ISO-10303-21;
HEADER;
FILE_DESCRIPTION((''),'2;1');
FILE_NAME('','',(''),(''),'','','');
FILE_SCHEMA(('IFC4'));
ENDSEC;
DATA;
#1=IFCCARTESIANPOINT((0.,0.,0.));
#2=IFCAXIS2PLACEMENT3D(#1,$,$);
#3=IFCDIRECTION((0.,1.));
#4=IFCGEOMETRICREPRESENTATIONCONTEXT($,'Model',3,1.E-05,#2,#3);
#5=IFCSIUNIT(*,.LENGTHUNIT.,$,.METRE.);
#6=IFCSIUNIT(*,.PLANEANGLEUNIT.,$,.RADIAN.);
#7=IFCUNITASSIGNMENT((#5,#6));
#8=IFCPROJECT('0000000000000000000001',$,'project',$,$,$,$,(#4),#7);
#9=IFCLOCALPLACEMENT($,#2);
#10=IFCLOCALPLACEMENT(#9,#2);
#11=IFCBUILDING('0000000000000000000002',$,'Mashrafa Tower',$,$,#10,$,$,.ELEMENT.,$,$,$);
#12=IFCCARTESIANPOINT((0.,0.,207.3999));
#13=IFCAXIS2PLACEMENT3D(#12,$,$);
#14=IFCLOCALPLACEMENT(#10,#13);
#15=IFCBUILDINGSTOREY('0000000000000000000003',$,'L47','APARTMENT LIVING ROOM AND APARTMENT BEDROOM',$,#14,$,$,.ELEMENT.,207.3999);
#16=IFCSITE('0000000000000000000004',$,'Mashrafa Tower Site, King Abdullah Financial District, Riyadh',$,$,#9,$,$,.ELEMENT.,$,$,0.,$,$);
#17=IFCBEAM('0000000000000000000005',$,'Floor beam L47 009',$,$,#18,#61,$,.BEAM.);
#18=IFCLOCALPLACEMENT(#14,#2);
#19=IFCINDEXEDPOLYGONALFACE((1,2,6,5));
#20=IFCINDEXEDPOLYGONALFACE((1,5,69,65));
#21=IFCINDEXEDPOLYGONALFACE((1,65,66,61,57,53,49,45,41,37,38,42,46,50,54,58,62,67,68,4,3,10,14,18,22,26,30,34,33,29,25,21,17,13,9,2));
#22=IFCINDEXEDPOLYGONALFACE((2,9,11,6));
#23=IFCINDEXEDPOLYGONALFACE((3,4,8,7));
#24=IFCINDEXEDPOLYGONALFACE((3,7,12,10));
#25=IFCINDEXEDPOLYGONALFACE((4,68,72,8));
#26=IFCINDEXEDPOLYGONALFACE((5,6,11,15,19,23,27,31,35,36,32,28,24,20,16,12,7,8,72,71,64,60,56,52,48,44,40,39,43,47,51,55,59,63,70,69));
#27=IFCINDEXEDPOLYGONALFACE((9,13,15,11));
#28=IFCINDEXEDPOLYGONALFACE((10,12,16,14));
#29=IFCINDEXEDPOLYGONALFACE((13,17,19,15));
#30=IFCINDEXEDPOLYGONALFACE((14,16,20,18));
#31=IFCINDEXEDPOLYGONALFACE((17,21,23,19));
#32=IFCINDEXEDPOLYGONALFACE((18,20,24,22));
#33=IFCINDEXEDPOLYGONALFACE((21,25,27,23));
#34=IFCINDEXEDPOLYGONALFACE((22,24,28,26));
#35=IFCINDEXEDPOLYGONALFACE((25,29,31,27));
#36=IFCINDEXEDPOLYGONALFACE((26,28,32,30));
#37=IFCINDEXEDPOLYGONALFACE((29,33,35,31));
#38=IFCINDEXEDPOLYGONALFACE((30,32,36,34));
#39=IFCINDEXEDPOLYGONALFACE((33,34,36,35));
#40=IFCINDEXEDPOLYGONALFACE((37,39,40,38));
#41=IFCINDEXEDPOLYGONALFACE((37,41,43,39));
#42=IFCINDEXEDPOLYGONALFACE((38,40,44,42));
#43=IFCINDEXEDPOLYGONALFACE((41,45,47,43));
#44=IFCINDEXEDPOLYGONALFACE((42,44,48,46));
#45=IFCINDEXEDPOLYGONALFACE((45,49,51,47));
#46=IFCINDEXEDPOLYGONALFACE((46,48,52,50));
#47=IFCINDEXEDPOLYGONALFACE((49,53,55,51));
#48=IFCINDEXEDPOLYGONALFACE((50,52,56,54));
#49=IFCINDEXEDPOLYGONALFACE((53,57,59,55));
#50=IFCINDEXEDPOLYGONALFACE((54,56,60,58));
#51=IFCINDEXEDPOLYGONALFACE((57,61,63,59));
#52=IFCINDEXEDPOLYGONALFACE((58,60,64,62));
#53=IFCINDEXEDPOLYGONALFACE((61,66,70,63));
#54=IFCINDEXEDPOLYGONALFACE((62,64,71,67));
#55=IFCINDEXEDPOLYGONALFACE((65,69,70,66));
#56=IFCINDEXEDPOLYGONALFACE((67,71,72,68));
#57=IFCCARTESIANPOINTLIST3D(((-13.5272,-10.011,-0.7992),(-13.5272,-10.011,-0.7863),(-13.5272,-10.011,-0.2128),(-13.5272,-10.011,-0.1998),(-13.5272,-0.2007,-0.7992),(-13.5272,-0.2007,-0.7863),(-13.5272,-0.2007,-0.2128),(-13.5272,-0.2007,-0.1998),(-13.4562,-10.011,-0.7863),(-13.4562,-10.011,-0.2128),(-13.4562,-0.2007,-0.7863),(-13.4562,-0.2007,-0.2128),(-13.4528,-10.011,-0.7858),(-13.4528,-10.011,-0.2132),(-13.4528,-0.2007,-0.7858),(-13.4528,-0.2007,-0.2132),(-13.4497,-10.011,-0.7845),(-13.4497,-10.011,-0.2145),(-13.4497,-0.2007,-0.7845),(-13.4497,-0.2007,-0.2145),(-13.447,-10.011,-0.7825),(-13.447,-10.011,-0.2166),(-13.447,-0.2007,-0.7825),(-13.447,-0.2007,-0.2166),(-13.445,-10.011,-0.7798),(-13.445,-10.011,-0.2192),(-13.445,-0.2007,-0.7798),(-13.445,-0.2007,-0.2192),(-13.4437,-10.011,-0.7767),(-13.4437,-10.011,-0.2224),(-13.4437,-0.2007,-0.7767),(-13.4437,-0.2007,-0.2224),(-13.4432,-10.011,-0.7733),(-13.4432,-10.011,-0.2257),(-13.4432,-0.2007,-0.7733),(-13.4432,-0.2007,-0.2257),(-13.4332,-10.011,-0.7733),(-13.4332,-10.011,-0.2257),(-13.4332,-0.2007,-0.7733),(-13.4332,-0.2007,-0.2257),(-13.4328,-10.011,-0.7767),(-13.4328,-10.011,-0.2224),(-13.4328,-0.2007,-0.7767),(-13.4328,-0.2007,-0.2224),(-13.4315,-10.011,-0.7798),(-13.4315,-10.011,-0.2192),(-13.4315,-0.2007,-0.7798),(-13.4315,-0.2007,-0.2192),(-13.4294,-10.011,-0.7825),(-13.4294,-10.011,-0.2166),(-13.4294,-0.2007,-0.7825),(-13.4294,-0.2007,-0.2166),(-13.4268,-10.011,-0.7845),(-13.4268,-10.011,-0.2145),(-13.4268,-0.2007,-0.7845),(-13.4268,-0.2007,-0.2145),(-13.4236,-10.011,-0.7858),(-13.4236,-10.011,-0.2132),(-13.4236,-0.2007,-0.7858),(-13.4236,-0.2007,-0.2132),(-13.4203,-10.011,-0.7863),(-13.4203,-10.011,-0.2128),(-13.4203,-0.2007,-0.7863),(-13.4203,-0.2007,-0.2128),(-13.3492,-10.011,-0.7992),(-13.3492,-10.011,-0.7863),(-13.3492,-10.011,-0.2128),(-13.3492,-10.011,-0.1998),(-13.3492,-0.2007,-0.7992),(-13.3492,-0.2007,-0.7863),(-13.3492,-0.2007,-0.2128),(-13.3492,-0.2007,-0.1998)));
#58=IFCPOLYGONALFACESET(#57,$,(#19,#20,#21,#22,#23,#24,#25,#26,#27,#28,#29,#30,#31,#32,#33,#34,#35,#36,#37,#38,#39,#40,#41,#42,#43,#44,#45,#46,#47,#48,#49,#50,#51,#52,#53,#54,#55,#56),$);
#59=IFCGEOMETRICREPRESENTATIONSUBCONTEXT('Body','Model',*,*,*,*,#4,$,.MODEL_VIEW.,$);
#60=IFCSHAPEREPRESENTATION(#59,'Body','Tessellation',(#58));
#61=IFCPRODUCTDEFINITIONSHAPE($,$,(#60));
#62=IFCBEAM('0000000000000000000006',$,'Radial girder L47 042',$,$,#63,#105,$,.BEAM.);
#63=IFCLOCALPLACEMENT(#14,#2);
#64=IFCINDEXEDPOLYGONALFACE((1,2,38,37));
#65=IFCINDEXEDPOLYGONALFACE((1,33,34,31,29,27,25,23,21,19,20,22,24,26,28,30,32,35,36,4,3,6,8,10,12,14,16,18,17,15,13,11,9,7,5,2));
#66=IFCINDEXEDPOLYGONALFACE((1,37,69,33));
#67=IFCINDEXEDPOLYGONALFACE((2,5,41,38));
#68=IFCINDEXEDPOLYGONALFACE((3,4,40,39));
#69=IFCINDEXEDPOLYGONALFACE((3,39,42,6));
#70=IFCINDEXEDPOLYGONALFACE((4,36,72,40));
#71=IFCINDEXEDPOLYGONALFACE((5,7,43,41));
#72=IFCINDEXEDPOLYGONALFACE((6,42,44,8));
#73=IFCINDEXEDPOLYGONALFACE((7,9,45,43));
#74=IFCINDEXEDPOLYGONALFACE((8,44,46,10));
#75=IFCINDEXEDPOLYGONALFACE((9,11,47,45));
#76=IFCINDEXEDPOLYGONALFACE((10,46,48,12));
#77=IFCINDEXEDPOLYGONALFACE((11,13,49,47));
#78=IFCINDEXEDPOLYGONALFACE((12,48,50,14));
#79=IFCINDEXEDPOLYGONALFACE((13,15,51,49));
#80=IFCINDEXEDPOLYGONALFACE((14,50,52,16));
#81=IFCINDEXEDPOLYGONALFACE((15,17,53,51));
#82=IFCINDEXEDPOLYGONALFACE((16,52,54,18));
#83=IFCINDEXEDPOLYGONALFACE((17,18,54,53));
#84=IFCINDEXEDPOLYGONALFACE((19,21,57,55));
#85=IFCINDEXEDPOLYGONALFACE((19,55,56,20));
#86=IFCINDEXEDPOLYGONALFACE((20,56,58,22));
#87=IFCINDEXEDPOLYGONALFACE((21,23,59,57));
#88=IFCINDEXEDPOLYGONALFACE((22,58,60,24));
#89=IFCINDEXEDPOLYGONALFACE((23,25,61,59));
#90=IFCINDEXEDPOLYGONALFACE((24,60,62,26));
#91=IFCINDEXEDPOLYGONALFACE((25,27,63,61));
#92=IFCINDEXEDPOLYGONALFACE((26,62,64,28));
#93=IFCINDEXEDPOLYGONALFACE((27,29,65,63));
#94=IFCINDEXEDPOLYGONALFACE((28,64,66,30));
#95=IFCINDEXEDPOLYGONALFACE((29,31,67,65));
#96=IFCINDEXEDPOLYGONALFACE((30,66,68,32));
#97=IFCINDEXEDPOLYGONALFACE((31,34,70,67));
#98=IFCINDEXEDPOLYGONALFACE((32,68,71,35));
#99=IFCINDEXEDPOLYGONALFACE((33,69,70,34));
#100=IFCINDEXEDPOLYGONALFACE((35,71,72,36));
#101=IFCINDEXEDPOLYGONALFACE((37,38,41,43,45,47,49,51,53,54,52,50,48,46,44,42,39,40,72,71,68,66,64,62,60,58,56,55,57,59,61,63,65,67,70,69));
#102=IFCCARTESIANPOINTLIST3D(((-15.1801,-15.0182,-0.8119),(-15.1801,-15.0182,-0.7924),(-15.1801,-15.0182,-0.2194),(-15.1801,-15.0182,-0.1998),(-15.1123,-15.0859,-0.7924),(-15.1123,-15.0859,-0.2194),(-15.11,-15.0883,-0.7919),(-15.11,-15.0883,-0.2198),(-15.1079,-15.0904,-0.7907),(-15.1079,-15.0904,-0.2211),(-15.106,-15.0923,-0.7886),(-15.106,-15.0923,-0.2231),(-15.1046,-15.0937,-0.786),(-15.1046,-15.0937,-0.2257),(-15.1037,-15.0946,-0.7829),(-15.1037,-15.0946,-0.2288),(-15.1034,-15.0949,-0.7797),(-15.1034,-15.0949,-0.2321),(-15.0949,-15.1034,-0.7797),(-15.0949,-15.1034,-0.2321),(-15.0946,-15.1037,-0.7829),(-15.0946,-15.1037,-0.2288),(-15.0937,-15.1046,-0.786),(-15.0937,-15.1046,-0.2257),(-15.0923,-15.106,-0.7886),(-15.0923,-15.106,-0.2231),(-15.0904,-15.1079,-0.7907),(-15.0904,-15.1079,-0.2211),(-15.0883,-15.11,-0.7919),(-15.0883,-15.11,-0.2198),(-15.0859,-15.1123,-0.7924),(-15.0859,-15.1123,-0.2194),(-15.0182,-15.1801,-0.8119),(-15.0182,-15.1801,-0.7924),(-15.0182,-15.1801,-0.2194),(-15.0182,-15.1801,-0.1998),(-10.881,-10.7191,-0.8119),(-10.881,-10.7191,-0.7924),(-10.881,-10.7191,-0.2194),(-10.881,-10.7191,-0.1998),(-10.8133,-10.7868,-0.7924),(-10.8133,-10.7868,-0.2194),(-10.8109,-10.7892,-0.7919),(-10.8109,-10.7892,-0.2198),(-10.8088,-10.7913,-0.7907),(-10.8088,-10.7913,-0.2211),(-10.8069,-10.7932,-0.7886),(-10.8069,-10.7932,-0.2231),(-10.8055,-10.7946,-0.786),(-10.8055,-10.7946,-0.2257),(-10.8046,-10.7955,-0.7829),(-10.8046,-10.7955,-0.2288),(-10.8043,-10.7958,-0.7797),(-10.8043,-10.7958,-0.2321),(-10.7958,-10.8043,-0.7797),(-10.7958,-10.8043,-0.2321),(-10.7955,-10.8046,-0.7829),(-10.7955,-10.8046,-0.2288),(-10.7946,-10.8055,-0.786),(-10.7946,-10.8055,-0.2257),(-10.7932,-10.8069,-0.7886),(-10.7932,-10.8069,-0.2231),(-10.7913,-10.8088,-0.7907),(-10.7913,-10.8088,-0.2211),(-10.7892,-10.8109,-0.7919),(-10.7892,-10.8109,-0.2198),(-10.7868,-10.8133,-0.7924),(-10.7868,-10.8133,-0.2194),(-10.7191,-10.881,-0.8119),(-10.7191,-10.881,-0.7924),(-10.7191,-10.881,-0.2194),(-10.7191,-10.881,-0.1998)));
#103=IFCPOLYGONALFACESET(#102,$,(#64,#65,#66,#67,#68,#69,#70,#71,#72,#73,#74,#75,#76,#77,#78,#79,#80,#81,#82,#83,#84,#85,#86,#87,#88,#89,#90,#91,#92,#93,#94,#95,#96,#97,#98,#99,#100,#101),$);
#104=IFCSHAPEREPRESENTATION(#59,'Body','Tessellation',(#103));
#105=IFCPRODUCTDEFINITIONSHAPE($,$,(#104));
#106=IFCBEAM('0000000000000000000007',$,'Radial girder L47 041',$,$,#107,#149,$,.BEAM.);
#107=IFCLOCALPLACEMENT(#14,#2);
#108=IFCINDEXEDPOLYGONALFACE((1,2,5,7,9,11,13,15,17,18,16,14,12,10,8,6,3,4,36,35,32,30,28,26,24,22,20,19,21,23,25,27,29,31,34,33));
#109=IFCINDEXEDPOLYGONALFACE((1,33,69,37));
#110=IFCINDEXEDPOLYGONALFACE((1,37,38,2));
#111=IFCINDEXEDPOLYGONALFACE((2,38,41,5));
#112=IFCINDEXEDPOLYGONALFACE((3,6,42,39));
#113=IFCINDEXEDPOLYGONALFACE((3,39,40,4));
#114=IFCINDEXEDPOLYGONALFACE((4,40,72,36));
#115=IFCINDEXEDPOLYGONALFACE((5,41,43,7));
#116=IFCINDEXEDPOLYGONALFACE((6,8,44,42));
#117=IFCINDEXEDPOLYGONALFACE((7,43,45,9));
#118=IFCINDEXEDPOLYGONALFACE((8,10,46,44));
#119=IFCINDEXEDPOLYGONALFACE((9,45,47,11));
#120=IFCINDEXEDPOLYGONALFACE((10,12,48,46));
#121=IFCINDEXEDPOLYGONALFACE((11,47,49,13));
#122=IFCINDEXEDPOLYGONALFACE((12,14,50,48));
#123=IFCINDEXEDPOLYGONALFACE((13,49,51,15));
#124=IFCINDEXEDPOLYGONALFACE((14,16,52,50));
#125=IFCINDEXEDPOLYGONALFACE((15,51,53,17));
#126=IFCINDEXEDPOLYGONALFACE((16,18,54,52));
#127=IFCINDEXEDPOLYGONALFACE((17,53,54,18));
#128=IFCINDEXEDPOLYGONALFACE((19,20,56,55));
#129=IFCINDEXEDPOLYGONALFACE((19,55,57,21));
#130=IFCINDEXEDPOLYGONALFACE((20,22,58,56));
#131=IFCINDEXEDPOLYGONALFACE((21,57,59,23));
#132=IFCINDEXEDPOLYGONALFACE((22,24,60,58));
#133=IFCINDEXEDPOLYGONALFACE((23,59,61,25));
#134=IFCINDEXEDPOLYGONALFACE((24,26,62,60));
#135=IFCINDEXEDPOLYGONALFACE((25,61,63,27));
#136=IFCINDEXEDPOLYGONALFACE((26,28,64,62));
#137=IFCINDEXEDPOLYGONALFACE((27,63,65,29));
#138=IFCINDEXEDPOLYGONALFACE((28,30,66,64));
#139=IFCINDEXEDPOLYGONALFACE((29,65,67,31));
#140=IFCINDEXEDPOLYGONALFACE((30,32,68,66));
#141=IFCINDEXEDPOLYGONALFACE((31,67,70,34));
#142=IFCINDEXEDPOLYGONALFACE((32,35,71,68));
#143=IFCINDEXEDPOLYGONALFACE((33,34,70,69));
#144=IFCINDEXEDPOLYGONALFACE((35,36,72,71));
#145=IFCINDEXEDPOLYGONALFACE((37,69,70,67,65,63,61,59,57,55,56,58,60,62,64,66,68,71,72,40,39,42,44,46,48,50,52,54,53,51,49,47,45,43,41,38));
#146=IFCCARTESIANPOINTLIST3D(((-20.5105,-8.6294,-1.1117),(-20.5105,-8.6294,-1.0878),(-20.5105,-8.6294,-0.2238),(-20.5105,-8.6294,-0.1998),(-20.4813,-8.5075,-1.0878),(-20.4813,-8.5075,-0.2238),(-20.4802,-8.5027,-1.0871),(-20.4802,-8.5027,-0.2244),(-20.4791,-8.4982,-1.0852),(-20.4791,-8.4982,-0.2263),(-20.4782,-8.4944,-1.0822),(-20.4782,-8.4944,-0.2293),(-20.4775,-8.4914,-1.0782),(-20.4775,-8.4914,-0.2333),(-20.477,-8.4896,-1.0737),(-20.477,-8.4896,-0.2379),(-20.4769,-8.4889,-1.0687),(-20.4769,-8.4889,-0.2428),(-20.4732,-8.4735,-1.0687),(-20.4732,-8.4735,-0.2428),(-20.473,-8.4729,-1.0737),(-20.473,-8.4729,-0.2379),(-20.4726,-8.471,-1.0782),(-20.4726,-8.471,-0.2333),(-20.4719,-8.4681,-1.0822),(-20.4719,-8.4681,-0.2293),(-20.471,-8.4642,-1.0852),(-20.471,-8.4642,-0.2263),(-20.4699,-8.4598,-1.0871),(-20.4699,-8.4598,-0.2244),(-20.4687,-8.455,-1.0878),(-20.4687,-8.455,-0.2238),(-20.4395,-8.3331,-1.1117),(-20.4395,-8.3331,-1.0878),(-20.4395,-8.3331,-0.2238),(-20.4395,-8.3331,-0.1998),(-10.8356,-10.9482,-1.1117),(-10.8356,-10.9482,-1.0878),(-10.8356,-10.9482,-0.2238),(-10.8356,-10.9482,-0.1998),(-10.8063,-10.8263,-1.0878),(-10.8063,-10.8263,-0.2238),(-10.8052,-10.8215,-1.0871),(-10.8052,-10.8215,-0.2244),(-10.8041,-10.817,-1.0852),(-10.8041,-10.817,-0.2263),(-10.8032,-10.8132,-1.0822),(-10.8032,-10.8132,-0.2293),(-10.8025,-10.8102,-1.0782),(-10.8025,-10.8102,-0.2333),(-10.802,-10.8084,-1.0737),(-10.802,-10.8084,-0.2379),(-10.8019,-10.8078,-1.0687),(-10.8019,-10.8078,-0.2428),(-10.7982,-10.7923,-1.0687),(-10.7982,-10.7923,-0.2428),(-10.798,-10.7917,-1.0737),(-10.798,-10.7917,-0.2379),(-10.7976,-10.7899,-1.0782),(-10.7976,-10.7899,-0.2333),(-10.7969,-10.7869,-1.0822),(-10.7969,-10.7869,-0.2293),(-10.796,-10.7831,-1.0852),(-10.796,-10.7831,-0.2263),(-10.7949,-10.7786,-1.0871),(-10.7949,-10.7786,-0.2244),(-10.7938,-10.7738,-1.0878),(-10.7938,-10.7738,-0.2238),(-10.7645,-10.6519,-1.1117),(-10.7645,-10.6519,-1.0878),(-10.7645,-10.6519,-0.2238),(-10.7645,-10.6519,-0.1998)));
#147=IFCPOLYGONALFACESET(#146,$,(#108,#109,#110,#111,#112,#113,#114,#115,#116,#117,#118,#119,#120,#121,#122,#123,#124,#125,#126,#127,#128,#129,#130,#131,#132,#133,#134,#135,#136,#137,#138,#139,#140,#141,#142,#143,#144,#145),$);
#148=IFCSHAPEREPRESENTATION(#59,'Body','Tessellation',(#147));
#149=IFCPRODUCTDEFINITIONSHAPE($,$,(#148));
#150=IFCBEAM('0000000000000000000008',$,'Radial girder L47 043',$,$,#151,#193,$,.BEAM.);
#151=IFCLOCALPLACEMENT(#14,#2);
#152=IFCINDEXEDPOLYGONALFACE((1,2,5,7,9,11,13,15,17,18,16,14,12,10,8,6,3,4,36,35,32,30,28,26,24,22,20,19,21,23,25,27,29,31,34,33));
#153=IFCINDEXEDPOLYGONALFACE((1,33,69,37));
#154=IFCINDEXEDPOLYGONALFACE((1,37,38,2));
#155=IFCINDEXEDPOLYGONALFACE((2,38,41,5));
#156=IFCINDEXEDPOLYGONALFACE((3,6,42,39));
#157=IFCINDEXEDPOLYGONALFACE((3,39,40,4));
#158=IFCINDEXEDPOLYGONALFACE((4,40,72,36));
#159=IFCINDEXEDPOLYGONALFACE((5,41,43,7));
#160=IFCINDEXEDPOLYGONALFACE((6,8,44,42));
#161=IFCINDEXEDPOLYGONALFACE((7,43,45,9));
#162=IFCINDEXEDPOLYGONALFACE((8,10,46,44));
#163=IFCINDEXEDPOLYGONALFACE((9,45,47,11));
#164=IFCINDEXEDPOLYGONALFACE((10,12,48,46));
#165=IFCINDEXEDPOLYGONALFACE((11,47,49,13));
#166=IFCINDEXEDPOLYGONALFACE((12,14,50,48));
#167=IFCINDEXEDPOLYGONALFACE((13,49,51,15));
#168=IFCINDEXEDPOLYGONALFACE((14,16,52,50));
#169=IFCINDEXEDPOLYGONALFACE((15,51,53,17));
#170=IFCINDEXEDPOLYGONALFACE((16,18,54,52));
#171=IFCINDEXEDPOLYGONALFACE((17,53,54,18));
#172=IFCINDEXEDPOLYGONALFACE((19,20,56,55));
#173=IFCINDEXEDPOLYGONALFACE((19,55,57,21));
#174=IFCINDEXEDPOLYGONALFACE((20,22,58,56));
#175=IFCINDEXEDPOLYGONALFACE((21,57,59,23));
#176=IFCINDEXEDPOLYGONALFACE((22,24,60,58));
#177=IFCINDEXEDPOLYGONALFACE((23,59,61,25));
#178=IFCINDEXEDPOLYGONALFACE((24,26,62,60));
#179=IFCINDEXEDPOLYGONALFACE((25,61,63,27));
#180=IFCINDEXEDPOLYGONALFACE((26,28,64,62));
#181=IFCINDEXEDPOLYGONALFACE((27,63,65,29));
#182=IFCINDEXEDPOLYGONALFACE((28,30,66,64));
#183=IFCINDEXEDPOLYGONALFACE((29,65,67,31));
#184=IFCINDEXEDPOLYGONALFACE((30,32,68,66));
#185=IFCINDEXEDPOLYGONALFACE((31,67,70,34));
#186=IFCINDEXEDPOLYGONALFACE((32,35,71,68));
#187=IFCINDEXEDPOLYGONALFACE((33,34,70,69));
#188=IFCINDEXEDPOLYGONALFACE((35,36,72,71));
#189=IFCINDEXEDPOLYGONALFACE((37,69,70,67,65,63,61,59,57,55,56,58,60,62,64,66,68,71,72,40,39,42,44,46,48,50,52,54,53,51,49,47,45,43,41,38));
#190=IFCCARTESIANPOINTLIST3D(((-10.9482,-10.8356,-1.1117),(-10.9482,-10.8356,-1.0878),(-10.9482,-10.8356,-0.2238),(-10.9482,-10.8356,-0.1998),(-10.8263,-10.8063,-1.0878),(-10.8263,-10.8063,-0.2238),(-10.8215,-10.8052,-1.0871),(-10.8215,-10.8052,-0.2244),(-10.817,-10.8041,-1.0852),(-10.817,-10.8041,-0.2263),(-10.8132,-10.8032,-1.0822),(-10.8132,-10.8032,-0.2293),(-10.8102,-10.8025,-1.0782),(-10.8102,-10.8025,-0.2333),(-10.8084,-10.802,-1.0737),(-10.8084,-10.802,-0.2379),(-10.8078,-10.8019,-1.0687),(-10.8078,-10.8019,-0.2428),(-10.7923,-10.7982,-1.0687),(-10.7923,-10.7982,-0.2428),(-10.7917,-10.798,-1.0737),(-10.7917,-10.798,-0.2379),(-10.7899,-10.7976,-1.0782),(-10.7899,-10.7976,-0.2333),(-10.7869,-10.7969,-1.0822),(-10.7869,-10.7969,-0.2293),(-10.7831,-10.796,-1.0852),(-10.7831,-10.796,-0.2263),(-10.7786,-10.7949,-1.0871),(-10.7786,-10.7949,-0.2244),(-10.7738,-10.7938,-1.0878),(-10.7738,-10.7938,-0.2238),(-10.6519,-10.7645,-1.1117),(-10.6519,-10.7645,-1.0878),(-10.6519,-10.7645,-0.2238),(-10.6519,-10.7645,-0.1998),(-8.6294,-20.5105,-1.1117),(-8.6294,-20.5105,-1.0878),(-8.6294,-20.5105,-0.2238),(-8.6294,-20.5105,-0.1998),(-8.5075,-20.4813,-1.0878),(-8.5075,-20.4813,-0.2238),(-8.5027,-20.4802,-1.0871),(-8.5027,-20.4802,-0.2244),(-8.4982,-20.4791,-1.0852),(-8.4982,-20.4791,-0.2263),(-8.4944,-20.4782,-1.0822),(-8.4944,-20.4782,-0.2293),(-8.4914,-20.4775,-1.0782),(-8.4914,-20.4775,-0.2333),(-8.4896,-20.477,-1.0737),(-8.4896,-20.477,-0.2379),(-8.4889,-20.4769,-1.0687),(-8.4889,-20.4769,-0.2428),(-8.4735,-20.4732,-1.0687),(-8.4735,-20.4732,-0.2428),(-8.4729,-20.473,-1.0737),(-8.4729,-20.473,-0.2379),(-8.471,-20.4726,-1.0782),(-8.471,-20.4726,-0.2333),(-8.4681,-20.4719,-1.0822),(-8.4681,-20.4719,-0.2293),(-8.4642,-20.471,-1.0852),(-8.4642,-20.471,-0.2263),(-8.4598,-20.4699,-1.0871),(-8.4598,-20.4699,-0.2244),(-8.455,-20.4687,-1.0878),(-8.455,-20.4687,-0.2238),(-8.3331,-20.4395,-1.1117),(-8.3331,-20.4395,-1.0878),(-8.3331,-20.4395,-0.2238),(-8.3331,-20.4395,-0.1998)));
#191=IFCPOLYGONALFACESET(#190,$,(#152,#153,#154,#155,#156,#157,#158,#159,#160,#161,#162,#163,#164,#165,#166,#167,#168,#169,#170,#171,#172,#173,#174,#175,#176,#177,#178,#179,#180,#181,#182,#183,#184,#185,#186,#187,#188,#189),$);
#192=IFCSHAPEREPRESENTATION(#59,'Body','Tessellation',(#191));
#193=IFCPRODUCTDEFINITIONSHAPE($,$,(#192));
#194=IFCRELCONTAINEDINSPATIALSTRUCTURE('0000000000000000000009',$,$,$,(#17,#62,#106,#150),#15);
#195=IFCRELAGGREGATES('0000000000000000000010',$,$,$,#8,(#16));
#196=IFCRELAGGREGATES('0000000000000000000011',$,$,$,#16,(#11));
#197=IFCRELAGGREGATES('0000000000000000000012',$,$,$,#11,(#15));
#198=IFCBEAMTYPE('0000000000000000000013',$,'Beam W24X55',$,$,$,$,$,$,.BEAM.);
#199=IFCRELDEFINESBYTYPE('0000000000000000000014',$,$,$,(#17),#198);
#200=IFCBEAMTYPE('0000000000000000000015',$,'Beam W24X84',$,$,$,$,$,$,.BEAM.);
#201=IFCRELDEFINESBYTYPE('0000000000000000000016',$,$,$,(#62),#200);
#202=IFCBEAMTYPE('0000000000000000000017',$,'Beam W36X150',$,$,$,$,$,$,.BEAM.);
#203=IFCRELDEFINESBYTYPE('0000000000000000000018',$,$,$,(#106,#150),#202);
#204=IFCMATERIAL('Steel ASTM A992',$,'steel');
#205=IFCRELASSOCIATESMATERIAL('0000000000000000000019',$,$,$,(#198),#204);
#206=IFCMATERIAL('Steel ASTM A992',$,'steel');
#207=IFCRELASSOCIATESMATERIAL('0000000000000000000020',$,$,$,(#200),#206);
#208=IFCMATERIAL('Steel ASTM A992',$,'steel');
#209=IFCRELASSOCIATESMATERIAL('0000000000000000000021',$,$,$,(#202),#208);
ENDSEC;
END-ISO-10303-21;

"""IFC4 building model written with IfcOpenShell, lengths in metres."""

from ifc_helpers import new_model, si_unit, direction, frame, origin, origin_2d, place, context, subcontext, project, spatial, i_section, extrude, material, material_profile, profile_set, type_object, element, save


model = new_model("IFC4")

# Units and contexts
model_context = context("Model", 3, precision=1e-05, world=origin(), true_north=direction((0.0, 1.0)))
body_context = subcontext(model_context, "Body", "Model", "MODEL_VIEW")
ifc_project = project(units=[si_unit("LENGTHUNIT", "METRE"), si_unit("PLANEANGLEUNIT", "RADIAN")], contexts=[model_context])

# Site, building, storey
site_placement = place(None, origin())
site = spatial("IfcSite", under=ifc_project, at=site_placement, Name="Mashrafa Tower Site, King Abdullah Financial District, Riyadh", CompositionType="ELEMENT", RefElevation=0.0)
building_placement = place(site_placement, origin())
building = spatial("IfcBuilding", under=site, at=building_placement, Name="Mashrafa Tower", CompositionType="ELEMENT")
storey_placement = place(building_placement, frame((0.0, 0.0, 207.3999)))
storey = spatial("IfcBuildingStorey", under=building, at=storey_placement, Name="L47", Description="APARTMENT LIVING ROOM AND APARTMENT BEDROOM", CompositionType="ELEMENT", Elevation=207.3999)

# Beams
ifc_material_1 = material(Name="Steel ASTM A992", Category="steel")
ifc_material_profile_1 = material_profile(ifc_material_1, i_section(OverallWidth=0.178, OverallDepth=0.5994, WebThickness=0.01, FlangeThickness=0.0129, FilletRadius=0.0129, at=origin_2d()), Name="W24X55")
ifc_profile_set_1 = profile_set([ifc_material_profile_1], Name="Steel ASTM A992")
beam_type_1 = type_object("IfcBeamType", Name="Beam W24X55", PredefinedType="BEAM", material=ifc_profile_set_1)
beam_1_placement = place(storey_placement, frame((-13.4382, -10.011, -0.4995), z_axis=(0.0, 1.0, 0.0), x_axis=(-1.0, 0.0, 0.0)))
element("IfcBeam", 1, at=beam_1_placement, inside=storey, type_object=beam_type_1, Name="Floor beam L47 009", PredefinedType="BEAM", context=body_context, shape_type="SweptSolid", body=[
    extrude(i_section(OverallWidth=0.178, OverallDepth=0.5994, WebThickness=0.01, FlangeThickness=0.0129, FilletRadius=0.0129, at=origin_2d()), origin(), (0.0, 0.0, 1.0), 9.8103),
])
ifc_material_2 = material(Name="Steel ASTM A992", Category="steel")
ifc_material_profile_2 = material_profile(ifc_material_2, i_section(OverallWidth=0.229, OverallDepth=0.6121, WebThickness=0.012, FlangeThickness=0.0195, FilletRadius=0.0127, at=origin_2d()), Name="W24X84")
ifc_profile_set_2 = profile_set([ifc_material_profile_2], Name="Steel ASTM A992")
beam_type_2 = type_object("IfcBeamType", Name="Beam W24X84", PredefinedType="BEAM", material=ifc_profile_set_2)
beam_2_placement = place(storey_placement, frame((-10.8, -10.8, -0.5059), z_axis=(-0.707107, -0.707107, 0.0), x_axis=(0.707107, -0.707107, 0.0)))
element("IfcBeam", 2, at=beam_2_placement, inside=storey, type_object=beam_type_2, Name="Radial girder L47 042", PredefinedType="BEAM", context=body_context, shape_type="SweptSolid", body=[
    extrude(i_section(OverallWidth=0.229, OverallDepth=0.6121, WebThickness=0.012, FlangeThickness=0.0195, FilletRadius=0.0127, at=origin_2d()), origin(), (0.0, 0.0, 1.0), 6.0798),
])
ifc_material_3 = material(Name="Steel ASTM A992", Category="steel")
ifc_material_profile_3 = material_profile(ifc_material_3, i_section(OverallWidth=0.3047, OverallDepth=0.9119, WebThickness=0.0159, FlangeThickness=0.0239, FilletRadius=0.019, at=origin_2d()), Name="W36X150")
ifc_profile_set_3 = profile_set([ifc_material_profile_3], Name="Steel ASTM A992")
beam_type_3 = type_object("IfcBeamType", Name="Beam W36X150", PredefinedType="BEAM", material=ifc_profile_set_3)
for number, where, z_axis, x_axis, name in (
    (3, (-10.8, -10.8, -0.6558), (-0.972459, 0.233072, 0.0), (-0.233072, -0.972459, 0.0), "Radial girder L47 041"),
    (4, (-10.8, -10.8, -0.6558), (0.233072, -0.972459, 0.0), (0.972459, 0.233072, 0.0), "Radial girder L47 043"),
):
    element("IfcBeam", number, at=place(storey_placement, frame(where, z_axis=z_axis, x_axis=x_axis)), inside=storey, type_object=beam_type_3, Name=name, PredefinedType="BEAM", context=body_context, shape_type="SweptSolid", body=[
        extrude(i_section(OverallWidth=0.3047, OverallDepth=0.9119, WebThickness=0.0159, FlangeThickness=0.0239, FilletRadius=0.019, at=origin_2d()), origin(), (0.0, 0.0, 1.0), 9.949),
    ])

save(model, "model.ifc")
